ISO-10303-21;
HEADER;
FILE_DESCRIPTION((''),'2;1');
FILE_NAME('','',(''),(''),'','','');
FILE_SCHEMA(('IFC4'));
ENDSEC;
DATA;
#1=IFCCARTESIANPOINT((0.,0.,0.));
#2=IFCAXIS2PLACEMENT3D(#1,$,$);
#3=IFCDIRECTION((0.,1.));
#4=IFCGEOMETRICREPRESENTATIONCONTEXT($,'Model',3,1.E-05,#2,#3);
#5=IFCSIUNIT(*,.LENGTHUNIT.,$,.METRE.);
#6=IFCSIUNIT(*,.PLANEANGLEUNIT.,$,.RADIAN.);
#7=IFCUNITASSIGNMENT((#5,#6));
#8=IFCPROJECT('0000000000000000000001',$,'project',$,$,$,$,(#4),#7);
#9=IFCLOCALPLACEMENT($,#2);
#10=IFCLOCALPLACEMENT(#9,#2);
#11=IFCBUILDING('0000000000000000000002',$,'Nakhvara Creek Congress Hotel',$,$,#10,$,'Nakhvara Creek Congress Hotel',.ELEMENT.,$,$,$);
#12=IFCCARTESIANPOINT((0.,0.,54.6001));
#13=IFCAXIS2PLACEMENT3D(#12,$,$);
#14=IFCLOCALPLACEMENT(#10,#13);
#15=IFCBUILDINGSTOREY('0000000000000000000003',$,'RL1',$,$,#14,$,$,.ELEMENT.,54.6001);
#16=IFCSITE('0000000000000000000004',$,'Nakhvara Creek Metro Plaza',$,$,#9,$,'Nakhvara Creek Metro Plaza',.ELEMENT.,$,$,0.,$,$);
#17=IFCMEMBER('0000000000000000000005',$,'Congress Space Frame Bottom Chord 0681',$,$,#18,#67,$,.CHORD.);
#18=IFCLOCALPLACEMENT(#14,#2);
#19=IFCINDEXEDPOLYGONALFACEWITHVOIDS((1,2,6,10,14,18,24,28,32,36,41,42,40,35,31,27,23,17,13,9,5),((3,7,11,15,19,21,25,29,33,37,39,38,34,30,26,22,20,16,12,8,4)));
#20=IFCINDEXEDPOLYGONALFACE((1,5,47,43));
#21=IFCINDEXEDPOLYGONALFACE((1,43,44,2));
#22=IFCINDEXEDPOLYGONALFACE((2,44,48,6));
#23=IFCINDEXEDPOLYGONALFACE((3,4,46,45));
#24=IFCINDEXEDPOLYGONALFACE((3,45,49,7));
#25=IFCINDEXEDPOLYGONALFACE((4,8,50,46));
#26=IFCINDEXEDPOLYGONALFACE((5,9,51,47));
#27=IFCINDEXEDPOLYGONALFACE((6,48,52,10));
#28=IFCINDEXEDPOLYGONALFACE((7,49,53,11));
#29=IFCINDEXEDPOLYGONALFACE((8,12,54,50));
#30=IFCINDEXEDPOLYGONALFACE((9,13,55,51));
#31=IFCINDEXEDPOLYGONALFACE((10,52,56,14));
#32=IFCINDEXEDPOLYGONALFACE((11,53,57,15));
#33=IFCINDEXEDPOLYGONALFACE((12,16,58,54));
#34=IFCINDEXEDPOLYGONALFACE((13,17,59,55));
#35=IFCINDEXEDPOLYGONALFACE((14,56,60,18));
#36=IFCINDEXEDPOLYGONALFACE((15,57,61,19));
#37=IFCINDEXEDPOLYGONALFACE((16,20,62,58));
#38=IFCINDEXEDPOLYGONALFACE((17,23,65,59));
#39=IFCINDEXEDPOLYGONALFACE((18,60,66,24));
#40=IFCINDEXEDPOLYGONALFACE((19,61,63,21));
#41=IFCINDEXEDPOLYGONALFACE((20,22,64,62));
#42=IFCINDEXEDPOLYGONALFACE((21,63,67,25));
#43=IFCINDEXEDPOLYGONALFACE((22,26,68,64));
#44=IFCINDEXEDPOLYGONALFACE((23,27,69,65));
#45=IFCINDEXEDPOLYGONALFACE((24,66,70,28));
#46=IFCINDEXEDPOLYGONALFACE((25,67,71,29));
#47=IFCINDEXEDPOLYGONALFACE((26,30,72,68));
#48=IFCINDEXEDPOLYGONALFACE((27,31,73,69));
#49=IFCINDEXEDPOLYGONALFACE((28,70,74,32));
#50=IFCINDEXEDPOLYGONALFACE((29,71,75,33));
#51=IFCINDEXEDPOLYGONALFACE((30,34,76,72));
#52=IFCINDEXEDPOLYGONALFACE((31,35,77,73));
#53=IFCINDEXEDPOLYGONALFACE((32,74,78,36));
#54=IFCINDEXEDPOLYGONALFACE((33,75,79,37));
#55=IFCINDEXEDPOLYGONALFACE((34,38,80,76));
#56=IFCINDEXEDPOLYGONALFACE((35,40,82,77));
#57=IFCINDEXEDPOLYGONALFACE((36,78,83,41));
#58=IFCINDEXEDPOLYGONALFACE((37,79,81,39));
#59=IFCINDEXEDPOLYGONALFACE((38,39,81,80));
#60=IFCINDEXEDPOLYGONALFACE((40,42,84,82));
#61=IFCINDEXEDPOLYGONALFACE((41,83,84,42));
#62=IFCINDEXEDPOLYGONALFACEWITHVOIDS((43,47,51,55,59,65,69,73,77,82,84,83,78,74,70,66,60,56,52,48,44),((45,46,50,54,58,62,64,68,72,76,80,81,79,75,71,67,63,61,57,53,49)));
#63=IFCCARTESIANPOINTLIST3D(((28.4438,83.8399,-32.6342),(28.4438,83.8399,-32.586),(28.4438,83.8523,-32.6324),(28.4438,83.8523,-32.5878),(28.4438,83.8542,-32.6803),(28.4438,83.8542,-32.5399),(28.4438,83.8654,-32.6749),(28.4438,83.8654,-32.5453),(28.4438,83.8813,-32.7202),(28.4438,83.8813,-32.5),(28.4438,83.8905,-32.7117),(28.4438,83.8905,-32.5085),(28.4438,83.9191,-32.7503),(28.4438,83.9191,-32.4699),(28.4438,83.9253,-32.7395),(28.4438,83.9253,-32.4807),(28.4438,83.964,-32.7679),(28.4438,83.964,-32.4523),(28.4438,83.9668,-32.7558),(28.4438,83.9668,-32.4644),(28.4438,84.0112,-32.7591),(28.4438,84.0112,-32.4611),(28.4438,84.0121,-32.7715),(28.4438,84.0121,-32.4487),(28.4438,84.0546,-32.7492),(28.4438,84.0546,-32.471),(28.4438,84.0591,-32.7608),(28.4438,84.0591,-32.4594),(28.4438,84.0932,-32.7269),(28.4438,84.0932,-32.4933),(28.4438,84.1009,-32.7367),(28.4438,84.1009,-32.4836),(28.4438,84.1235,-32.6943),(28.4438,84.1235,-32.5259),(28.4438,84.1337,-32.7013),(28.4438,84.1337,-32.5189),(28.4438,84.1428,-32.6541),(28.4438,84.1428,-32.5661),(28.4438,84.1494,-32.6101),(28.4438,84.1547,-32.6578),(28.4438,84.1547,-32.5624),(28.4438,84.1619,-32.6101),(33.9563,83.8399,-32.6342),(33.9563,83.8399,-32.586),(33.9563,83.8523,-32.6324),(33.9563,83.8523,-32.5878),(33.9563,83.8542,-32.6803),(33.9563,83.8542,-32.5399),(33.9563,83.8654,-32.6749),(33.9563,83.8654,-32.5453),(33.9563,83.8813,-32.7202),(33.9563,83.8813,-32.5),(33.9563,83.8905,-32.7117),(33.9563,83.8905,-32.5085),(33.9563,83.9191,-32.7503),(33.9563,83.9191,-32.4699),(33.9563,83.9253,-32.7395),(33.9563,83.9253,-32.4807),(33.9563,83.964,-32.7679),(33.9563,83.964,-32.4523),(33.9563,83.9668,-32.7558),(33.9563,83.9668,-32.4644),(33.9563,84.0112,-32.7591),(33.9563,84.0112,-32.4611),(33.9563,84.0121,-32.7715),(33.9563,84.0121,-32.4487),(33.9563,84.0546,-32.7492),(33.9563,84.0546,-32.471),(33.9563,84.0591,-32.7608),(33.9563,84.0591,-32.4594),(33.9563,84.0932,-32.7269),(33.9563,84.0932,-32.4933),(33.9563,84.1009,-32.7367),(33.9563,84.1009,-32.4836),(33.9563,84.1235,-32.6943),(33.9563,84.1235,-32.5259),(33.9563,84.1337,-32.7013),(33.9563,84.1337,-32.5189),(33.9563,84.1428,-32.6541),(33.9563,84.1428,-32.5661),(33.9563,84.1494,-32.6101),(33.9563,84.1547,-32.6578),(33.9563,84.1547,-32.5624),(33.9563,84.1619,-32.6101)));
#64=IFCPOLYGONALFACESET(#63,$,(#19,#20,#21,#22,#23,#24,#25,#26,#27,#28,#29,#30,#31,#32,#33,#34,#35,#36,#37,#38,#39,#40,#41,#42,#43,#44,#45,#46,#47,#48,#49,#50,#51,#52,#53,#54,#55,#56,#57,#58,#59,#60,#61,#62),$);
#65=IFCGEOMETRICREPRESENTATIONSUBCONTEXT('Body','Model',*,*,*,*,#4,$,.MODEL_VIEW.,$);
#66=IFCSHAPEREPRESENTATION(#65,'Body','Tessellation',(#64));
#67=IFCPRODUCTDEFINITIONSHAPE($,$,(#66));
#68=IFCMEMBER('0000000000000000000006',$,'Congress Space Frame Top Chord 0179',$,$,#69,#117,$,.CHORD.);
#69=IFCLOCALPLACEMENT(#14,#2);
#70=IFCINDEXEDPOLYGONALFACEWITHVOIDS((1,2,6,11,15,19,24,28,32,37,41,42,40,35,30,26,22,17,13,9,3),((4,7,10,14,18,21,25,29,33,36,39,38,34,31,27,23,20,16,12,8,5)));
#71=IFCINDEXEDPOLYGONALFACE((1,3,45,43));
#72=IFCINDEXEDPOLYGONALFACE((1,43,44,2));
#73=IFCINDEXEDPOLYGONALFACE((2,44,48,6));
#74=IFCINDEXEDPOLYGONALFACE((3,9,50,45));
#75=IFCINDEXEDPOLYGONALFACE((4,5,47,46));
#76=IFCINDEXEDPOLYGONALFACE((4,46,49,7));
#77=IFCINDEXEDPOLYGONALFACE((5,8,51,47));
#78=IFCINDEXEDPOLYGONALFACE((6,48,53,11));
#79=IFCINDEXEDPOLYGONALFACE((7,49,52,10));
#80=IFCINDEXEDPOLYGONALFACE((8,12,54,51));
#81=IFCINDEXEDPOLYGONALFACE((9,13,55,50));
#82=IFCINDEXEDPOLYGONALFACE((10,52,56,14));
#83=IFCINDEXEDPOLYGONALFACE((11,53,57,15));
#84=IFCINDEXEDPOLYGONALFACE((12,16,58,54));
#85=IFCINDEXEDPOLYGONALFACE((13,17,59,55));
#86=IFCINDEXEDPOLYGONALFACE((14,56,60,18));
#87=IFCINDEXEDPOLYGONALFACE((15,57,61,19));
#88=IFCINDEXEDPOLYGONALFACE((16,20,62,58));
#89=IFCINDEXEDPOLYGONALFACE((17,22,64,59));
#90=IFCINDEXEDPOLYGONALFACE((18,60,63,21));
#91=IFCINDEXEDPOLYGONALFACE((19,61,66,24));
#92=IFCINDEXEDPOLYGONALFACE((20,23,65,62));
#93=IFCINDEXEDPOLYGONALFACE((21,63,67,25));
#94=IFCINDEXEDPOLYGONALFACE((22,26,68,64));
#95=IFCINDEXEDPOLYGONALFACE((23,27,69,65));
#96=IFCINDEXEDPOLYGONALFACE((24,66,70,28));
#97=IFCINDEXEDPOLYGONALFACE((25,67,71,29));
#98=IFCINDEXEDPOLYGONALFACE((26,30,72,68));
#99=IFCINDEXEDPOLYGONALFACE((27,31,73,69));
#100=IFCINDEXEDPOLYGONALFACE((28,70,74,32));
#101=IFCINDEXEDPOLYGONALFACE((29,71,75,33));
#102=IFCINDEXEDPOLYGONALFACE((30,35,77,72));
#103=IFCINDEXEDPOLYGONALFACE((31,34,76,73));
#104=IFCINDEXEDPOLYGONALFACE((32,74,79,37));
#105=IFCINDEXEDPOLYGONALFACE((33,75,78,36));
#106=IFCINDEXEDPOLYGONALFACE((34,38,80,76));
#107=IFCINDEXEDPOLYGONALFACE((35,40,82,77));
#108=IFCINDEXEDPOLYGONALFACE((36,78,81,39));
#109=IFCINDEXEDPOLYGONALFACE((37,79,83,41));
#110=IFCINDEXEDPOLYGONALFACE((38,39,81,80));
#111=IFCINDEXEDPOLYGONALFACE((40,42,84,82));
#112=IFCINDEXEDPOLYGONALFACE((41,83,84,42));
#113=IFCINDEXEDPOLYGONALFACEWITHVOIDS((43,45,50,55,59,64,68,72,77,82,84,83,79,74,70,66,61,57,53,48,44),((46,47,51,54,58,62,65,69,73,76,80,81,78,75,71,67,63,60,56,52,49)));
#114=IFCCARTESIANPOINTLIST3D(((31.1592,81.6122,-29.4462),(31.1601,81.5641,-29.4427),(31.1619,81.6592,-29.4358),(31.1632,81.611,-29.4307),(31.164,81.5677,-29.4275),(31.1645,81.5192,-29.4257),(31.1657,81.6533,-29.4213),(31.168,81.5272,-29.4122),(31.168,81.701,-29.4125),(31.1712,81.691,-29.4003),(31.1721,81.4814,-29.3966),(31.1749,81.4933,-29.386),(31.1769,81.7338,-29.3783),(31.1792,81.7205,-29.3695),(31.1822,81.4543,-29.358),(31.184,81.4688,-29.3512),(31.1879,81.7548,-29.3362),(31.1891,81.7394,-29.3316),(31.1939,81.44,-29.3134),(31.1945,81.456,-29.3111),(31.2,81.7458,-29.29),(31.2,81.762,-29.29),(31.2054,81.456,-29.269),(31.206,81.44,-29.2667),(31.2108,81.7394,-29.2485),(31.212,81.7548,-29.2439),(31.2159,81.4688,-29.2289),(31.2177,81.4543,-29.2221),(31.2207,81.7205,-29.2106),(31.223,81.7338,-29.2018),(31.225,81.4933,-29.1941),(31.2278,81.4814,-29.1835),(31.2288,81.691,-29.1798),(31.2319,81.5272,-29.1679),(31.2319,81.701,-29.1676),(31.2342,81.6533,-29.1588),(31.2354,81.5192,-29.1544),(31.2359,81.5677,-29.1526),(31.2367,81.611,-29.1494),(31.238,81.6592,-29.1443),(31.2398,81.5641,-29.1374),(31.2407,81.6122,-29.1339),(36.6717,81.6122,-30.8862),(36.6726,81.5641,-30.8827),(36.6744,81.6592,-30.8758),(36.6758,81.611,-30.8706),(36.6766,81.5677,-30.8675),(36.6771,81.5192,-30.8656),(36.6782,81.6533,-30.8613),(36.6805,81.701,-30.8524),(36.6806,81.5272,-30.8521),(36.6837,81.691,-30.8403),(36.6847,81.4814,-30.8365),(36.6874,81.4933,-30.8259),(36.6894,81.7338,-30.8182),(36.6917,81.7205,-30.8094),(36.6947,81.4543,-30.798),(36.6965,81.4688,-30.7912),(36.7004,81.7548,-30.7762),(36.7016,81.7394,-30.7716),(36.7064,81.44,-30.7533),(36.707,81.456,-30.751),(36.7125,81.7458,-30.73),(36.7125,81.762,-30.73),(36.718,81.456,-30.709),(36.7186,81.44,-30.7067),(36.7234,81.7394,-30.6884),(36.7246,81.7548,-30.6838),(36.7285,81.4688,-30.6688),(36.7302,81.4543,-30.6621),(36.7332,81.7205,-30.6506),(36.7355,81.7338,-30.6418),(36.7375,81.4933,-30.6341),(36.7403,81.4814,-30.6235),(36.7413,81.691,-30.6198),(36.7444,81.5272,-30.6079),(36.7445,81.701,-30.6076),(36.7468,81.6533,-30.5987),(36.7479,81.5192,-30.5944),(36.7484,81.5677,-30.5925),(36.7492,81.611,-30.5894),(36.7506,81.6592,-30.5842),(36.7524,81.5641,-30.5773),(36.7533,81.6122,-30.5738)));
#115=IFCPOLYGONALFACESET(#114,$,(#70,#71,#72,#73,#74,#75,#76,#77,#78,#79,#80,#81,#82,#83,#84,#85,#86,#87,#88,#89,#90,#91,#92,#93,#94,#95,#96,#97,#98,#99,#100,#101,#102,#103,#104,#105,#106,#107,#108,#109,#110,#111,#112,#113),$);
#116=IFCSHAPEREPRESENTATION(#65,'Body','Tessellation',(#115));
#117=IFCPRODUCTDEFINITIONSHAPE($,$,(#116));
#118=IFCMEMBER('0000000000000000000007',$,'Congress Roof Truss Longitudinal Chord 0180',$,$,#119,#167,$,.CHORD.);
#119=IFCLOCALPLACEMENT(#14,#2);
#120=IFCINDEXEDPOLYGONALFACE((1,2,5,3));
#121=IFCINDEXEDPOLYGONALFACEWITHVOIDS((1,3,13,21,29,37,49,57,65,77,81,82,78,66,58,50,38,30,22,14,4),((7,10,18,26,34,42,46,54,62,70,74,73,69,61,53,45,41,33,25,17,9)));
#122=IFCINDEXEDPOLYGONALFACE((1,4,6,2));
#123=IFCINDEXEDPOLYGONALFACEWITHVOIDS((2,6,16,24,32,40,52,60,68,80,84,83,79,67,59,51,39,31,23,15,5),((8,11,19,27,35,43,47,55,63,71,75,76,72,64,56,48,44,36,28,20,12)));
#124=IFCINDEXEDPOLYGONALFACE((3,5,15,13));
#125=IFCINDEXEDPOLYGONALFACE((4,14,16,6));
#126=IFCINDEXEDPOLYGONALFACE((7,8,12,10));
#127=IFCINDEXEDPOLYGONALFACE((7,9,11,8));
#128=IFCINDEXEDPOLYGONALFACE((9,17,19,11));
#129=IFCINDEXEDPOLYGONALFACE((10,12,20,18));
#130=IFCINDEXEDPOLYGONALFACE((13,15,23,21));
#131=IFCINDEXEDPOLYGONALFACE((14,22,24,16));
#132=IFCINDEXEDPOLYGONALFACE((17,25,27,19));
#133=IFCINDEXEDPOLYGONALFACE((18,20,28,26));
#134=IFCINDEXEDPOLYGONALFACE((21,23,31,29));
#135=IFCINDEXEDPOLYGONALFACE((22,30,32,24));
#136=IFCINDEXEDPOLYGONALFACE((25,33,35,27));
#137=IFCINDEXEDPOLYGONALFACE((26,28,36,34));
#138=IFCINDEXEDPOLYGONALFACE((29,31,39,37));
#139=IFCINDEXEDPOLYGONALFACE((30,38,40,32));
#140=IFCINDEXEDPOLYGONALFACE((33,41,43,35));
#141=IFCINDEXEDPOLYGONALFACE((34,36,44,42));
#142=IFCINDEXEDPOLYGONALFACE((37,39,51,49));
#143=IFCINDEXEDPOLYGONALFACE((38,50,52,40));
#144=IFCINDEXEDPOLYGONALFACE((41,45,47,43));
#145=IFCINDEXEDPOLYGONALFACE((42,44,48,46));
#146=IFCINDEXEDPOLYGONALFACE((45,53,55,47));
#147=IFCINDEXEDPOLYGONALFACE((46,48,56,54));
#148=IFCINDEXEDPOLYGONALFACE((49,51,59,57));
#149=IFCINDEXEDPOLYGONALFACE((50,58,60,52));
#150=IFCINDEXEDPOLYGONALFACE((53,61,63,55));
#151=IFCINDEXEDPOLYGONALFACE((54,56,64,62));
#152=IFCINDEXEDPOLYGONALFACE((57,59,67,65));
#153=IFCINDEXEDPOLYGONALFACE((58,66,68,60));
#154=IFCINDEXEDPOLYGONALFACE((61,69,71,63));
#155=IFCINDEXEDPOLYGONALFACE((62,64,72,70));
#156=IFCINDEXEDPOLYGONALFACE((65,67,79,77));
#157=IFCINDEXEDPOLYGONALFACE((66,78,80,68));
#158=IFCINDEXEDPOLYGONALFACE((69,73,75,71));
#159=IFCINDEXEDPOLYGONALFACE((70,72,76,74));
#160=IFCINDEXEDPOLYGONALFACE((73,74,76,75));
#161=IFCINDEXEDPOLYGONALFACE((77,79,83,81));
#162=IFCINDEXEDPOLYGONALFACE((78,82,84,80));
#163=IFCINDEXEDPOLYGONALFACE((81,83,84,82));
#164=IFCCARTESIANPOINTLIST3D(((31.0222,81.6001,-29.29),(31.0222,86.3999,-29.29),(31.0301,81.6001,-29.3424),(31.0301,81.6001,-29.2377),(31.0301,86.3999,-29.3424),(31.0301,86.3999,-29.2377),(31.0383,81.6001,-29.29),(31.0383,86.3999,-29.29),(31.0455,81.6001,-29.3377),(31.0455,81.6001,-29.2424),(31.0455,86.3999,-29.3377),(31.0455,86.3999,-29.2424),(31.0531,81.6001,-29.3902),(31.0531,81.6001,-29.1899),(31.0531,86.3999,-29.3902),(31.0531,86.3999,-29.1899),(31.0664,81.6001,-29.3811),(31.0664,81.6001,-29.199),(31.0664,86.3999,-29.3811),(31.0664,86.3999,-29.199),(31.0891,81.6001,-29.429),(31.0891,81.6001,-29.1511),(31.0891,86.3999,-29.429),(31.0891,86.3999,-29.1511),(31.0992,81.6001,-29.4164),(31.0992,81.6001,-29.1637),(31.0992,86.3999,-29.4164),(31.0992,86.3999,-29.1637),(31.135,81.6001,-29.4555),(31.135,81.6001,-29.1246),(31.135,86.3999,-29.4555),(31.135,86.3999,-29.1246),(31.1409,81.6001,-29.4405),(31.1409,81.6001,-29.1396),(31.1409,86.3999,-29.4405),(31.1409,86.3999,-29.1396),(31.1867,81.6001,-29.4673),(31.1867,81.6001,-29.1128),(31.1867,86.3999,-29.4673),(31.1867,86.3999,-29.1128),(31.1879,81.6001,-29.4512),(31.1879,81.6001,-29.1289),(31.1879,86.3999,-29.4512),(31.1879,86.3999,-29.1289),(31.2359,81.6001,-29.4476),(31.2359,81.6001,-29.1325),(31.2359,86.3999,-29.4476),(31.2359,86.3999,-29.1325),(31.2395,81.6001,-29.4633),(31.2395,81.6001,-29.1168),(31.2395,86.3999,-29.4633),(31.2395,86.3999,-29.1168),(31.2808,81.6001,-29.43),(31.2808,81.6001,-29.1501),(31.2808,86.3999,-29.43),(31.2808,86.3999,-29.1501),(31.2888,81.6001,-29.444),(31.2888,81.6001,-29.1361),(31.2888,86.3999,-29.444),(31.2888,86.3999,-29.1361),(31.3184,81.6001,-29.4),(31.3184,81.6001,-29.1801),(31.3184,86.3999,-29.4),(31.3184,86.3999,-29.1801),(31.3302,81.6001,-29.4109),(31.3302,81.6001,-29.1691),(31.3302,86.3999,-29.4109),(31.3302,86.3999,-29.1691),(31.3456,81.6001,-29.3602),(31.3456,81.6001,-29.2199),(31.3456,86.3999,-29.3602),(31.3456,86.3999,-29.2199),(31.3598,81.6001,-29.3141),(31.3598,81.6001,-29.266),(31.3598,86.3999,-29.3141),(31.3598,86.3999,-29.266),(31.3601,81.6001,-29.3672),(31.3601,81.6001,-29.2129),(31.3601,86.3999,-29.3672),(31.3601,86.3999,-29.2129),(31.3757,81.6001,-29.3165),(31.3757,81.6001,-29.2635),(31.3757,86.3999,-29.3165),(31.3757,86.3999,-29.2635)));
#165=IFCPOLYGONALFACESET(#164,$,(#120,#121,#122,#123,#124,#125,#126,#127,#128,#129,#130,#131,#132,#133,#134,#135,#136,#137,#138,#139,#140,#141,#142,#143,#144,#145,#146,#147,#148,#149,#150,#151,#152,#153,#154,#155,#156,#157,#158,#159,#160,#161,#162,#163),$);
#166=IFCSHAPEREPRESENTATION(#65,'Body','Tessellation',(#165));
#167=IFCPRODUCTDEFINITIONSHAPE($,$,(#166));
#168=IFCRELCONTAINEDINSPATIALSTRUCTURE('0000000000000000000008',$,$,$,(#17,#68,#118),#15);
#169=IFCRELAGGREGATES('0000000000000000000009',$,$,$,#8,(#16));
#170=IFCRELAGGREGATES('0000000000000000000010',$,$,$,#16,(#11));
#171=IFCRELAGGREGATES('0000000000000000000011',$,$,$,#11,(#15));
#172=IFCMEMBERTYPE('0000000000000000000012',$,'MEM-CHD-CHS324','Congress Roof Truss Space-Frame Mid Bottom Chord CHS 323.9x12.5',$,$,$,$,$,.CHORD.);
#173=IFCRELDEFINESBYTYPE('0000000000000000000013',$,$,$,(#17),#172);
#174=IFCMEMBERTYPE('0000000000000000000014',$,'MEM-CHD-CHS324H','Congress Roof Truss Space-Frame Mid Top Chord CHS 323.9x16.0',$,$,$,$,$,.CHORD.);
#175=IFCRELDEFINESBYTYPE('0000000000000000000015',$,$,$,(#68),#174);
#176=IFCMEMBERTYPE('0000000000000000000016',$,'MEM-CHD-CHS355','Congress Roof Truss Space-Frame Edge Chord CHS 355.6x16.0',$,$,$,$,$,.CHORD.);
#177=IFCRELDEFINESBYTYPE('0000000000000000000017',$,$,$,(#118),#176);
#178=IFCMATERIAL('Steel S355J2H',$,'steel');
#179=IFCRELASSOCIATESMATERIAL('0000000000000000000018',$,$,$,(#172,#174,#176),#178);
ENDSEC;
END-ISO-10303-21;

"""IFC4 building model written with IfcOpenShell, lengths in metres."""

from ifc_helpers import new_model, si_unit, direction, frame, origin, origin_2d, place, context, subcontext, project, spatial, hollow_circle, extrude, material, material_profile, profile_set, type_object, element, save


model = new_model("IFC4")

# Units and contexts
model_context = context("Model", 3, precision=1e-05, world=origin(), true_north=direction((0.0, 1.0)))
body_context = subcontext(model_context, "Body", "Model", "MODEL_VIEW")
ifc_project = project(units=[si_unit("LENGTHUNIT", "METRE"), si_unit("PLANEANGLEUNIT", "RADIAN")], contexts=[model_context])

# Site, building, storey
site_placement = place(None, origin())
site = spatial("IfcSite", under=ifc_project, at=site_placement, Name="Nakhvara Creek Metro Plaza", LongName="Nakhvara Creek Metro Plaza", CompositionType="ELEMENT", RefElevation=0.0)
building_placement = place(site_placement, origin())
building = spatial("IfcBuilding", under=site, at=building_placement, Name="Nakhvara Creek Congress Hotel", LongName="Nakhvara Creek Congress Hotel", CompositionType="ELEMENT")
storey_placement = place(building_placement, frame((0.0, 0.0, 54.6001)))
storey = spatial("IfcBuildingStorey", under=building, at=storey_placement, Name="RL1", CompositionType="ELEMENT", Elevation=54.6001)

# Members
ifc_material_1 = material(Name="Steel S355J2H", Category="steel")
ifc_material_profile_1 = material_profile(ifc_material_1, hollow_circle(Radius=0.1619, WallThickness=0.0125, at=origin_2d()), Name="CHS 323.9x12.5", Category="LoadBearing")
ifc_profile_set_1 = profile_set([ifc_material_profile_1], Name="Steel S355J2H")
member_type_1 = type_object("IfcMemberType", Name="MEM-CHD-CHS324", Description="Congress Roof Truss Space-Frame Mid Bottom Chord CHS 323.9x12.5", PredefinedType="CHORD", material=ifc_profile_set_1)
member_1_placement = place(storey_placement, frame((28.4438, 84.0, -32.6101), z_axis=(1.0, 0.0, 0.0), x_axis=(0.0, 1.0, 0.0)))
element("IfcMember", 1, at=member_1_placement, inside=storey, type_object=member_type_1, Name="Congress Space Frame Bottom Chord 0681", PredefinedType="CHORD", context=body_context, shape_type="SweptSolid", body=[
    extrude(hollow_circle(Radius=0.1619, WallThickness=0.0125, at=origin_2d()), origin(), (0.0, 0.0, 1.0), 5.5125),
])
ifc_material_profile_2 = material_profile(ifc_material_1, hollow_circle(Radius=0.1619, WallThickness=0.0161, at=origin_2d()), Name="CHS 323.9x16.0", Category="LoadBearing")
ifc_profile_set_2 = profile_set([ifc_material_profile_2], Name="Steel S355J2H")
member_type_2 = type_object("IfcMemberType", Name="MEM-CHD-CHS324H", Description="Congress Roof Truss Space-Frame Mid Top Chord CHS 323.9x16.0", PredefinedType="CHORD", material=ifc_profile_set_2)
member_2_placement = place(storey_placement, frame((31.2, 81.6001, -29.29), z_axis=(0.967535, 0.0, -0.252736), x_axis=(0.0, 1.0, 0.0)))
element("IfcMember", 2, at=member_2_placement, inside=storey, type_object=member_type_2, Name="Congress Space Frame Top Chord 0179", PredefinedType="CHORD", context=body_context, shape_type="SweptSolid", body=[
    extrude(hollow_circle(Radius=0.1619, WallThickness=0.0161, at=origin_2d()), origin(), (0.0, 0.0, 1.0), 5.6975),
])
ifc_material_profile_3 = material_profile(ifc_material_1, hollow_circle(Radius=0.1777, WallThickness=0.0161, at=origin_2d()), Name="CHS 355.6x16.0", Category="LoadBearing")
ifc_profile_set_3 = profile_set([ifc_material_profile_3], Name="Steel S355J2H")
member_type_3 = type_object("IfcMemberType", Name="MEM-CHD-CHS355", Description="Congress Roof Truss Space-Frame Edge Chord CHS 355.6x16.0", PredefinedType="CHORD", material=ifc_profile_set_3)
member_3_placement = place(storey_placement, frame((31.2, 81.6001, -29.29), z_axis=(0.0, 1.0, 0.0), x_axis=(-1.0, 0.0, 0.0)))
element("IfcMember", 3, at=member_3_placement, inside=storey, type_object=member_type_3, Name="Congress Roof Truss Longitudinal Chord 0180", PredefinedType="CHORD", context=body_context, shape_type="SweptSolid", body=[
    extrude(hollow_circle(Radius=0.1777, WallThickness=0.0161, at=origin_2d()), origin(), (0.0, 0.0, 1.0), 4.7998),
])

save(model, "model.ifc")
